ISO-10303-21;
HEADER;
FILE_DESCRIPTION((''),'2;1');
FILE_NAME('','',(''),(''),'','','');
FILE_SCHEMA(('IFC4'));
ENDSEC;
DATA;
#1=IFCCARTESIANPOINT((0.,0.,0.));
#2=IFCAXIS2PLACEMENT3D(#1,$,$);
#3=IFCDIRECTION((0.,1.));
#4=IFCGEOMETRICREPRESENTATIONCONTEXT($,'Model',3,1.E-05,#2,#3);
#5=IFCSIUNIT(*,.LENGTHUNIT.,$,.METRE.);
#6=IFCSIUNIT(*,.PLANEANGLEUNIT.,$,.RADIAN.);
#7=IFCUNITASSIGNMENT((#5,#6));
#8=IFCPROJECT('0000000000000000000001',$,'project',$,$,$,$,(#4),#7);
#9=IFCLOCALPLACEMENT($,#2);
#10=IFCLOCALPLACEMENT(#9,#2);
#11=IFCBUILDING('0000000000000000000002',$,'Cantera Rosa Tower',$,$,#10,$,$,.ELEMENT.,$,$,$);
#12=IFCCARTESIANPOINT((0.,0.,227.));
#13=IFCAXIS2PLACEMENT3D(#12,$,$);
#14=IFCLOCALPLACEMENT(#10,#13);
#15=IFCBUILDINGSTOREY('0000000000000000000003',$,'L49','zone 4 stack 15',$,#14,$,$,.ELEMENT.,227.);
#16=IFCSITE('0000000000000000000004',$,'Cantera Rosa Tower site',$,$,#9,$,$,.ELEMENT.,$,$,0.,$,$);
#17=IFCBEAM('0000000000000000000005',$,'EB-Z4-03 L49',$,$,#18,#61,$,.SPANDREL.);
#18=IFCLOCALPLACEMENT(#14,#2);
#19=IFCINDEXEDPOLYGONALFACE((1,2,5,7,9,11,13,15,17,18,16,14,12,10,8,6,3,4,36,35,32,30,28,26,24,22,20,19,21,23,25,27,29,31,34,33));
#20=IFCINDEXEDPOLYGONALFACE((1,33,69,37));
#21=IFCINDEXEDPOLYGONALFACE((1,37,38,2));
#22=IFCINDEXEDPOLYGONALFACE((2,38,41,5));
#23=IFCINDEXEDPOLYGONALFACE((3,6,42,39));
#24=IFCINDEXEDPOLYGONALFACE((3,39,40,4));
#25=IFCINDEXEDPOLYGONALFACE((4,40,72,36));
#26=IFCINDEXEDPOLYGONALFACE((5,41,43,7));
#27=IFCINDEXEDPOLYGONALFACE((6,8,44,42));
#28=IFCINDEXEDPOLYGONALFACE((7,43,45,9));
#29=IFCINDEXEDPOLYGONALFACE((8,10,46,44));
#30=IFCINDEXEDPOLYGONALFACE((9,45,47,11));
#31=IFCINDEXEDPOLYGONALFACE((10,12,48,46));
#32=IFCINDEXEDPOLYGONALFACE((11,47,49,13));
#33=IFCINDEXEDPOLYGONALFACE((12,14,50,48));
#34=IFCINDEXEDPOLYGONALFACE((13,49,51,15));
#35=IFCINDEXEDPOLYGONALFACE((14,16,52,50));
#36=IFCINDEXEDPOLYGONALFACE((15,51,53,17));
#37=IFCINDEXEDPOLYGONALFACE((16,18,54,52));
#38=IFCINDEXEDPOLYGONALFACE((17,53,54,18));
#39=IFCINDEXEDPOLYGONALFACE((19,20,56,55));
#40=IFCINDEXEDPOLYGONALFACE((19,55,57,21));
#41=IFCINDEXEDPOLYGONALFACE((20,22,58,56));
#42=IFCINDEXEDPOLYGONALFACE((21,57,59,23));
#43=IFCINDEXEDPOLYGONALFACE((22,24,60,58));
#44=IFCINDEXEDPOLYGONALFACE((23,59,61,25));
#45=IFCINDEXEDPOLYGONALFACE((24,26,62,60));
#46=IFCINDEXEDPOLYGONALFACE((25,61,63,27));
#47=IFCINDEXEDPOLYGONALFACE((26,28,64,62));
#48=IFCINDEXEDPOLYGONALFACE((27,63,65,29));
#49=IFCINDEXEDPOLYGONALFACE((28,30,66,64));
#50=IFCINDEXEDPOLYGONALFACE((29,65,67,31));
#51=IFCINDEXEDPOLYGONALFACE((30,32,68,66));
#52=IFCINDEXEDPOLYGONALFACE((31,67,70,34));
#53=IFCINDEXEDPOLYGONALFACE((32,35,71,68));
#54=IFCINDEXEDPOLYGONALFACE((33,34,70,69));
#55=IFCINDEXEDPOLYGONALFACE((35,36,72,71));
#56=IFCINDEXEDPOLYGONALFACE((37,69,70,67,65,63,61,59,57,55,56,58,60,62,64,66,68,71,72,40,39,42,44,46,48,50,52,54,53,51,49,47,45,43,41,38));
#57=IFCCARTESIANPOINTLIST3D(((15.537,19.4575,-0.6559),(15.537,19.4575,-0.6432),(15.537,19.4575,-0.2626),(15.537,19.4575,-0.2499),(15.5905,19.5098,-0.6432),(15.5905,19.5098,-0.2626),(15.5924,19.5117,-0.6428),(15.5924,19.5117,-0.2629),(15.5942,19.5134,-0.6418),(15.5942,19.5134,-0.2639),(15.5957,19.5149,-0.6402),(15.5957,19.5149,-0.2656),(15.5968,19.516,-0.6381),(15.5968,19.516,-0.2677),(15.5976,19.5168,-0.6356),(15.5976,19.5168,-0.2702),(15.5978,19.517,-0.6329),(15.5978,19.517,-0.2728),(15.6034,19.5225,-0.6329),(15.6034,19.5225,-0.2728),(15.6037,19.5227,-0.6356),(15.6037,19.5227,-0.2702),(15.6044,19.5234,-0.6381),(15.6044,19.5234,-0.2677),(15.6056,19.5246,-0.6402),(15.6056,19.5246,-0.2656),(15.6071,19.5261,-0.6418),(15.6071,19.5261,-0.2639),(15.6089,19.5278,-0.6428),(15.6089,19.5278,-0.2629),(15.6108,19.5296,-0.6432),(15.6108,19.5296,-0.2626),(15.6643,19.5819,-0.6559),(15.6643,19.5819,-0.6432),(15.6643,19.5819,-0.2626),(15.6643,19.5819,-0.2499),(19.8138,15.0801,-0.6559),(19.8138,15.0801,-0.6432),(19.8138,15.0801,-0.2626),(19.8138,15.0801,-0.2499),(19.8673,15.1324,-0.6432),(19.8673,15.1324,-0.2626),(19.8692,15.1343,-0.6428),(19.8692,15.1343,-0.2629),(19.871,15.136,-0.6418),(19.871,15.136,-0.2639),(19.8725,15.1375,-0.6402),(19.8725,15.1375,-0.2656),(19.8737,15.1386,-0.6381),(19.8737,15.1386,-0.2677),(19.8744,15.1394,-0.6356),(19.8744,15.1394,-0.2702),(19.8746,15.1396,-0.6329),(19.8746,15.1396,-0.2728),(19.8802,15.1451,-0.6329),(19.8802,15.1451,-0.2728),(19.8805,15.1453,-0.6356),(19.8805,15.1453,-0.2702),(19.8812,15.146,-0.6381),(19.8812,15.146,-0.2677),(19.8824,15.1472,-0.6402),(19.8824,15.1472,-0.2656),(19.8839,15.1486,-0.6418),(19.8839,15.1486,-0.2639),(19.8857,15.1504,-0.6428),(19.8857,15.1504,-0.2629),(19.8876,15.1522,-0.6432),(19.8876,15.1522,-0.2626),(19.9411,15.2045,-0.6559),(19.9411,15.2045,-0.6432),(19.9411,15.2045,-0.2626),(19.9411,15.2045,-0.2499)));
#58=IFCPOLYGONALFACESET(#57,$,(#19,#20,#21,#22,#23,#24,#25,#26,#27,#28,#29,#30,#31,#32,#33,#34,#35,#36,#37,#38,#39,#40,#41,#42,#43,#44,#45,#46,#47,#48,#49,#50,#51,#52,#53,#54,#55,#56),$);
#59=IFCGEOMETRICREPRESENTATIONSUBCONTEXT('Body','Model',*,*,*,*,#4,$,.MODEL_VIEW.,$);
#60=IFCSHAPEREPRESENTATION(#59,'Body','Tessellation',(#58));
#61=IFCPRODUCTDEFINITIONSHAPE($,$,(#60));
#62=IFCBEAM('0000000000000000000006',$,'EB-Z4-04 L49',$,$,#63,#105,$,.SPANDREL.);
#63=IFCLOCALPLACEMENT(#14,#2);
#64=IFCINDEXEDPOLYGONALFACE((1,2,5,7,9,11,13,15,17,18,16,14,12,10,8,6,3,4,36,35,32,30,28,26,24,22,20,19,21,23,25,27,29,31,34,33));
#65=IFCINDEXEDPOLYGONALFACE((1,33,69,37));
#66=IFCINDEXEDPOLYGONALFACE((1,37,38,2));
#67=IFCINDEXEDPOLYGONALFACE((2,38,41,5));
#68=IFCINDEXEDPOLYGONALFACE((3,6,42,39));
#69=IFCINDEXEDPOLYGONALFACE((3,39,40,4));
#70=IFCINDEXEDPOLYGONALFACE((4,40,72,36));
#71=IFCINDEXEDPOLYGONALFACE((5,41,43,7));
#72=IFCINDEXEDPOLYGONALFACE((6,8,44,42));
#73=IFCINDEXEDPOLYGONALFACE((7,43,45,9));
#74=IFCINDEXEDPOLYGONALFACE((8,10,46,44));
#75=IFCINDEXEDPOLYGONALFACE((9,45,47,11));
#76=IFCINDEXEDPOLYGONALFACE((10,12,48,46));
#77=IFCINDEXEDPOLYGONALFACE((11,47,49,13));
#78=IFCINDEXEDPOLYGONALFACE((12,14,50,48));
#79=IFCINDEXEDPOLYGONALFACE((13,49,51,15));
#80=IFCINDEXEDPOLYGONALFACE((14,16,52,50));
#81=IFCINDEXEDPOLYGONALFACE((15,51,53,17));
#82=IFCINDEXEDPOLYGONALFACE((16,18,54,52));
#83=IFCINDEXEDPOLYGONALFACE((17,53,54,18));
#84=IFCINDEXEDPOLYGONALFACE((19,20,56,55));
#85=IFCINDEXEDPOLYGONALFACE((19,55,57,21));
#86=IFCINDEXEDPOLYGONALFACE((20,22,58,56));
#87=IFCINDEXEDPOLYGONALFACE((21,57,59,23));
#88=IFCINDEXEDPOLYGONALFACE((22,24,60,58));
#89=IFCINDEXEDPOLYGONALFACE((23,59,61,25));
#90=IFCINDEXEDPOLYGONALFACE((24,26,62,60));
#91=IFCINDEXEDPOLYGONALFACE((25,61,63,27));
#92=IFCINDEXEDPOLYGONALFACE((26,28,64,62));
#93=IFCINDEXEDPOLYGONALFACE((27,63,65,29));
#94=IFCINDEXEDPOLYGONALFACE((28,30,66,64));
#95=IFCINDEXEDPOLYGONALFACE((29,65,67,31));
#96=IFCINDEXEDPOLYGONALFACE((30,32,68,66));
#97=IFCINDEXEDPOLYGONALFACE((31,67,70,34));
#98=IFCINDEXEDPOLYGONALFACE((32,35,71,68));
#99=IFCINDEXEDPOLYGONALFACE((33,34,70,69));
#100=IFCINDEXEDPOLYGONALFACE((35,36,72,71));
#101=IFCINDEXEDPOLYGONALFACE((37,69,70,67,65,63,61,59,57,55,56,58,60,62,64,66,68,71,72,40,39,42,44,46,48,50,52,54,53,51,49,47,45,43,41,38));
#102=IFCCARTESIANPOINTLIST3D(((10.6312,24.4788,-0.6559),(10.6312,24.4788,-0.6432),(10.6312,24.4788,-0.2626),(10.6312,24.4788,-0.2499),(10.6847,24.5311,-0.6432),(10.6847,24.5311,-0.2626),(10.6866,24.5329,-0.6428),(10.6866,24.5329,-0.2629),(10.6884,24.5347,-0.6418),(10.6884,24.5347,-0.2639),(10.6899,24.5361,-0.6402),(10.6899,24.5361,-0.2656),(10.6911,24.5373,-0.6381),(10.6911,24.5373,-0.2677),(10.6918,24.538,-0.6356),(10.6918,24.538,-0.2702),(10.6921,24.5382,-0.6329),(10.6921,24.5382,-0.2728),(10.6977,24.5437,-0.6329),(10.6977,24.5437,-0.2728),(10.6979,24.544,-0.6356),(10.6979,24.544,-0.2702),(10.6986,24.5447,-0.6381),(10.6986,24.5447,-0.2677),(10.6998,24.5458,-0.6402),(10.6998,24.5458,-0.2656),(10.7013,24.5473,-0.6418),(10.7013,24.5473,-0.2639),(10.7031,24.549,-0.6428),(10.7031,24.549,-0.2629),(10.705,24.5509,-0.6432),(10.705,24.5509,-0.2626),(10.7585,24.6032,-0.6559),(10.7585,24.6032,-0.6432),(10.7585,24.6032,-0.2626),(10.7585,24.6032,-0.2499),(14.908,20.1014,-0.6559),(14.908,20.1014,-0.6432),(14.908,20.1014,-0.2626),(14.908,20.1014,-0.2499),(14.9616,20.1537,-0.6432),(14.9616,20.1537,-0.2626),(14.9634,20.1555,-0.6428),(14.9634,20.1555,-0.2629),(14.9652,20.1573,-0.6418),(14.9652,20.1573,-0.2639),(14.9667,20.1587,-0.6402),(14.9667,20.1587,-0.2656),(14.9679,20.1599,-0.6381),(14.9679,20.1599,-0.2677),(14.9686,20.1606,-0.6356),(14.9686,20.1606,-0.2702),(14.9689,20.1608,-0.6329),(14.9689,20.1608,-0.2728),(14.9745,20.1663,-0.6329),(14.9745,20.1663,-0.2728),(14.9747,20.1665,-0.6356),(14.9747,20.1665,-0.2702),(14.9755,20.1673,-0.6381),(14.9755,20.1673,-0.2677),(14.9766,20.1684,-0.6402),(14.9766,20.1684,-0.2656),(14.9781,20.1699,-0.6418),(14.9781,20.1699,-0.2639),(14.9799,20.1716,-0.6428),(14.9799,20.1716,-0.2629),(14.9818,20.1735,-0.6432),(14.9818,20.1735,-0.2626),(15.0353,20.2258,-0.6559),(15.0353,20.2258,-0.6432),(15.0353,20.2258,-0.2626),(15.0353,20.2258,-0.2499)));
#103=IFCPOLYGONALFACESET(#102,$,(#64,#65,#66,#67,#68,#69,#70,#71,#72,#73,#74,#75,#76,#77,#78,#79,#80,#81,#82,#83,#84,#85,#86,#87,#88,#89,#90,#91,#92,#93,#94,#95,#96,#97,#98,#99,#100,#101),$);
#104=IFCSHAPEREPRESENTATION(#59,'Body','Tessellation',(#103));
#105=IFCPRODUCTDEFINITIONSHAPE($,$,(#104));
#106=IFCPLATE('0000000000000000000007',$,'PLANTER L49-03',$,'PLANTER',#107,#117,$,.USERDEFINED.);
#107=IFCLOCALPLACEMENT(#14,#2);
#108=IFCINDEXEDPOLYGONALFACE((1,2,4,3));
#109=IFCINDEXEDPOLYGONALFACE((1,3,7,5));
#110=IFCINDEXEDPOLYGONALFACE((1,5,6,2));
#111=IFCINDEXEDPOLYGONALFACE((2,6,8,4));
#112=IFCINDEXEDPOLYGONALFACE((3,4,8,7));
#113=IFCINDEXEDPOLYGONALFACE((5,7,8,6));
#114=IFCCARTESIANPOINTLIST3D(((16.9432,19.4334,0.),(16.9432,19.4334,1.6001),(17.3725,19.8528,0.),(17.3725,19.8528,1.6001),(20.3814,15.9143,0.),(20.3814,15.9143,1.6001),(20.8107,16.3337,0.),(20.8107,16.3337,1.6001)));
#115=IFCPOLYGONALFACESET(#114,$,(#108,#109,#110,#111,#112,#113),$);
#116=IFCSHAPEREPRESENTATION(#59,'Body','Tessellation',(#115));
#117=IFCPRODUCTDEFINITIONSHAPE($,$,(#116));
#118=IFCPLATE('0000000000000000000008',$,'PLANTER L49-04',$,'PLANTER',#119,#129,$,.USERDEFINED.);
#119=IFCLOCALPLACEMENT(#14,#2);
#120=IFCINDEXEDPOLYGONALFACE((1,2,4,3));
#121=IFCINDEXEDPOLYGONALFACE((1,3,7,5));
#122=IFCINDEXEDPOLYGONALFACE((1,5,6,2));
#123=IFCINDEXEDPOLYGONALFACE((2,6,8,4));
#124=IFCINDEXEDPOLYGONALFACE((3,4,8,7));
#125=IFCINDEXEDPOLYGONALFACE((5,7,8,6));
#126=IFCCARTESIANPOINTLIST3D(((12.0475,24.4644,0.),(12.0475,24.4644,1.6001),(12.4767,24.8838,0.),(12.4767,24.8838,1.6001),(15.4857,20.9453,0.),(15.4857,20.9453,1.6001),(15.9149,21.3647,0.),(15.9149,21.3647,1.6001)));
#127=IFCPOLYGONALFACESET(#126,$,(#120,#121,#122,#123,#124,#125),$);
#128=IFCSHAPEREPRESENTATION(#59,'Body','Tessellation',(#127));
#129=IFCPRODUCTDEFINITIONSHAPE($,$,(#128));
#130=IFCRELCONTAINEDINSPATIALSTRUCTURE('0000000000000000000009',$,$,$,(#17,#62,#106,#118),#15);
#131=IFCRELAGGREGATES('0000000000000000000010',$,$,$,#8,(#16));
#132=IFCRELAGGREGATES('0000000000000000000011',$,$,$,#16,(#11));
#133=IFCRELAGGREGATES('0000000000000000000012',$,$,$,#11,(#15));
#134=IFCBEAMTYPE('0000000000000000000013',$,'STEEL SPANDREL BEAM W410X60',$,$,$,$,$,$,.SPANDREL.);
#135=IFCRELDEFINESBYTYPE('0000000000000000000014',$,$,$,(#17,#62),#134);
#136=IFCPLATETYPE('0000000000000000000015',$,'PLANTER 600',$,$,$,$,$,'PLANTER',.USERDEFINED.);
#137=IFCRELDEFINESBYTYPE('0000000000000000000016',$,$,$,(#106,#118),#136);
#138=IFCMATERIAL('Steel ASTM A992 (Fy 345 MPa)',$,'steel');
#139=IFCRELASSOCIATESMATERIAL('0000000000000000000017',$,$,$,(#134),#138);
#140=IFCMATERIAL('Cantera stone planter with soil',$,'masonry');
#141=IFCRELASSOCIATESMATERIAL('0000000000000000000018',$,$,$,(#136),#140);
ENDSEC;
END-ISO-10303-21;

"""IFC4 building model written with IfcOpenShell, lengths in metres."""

from ifc_helpers import new_model, si_unit, direction, frame, origin, origin_2d, place, context, subcontext, project, spatial, rectangle, i_section, extrude, material, material_profile, profile_set, type_object, element, save


model = new_model("IFC4")

# Units and contexts
model_context = context("Model", 3, precision=1e-05, world=origin(), true_north=direction((0.0, 1.0)))
body_context = subcontext(model_context, "Body", "Model", "MODEL_VIEW")
ifc_project = project(units=[si_unit("LENGTHUNIT", "METRE"), si_unit("PLANEANGLEUNIT", "RADIAN")], contexts=[model_context])

# Site, building, storey
site_placement = place(None, origin())
site = spatial("IfcSite", under=ifc_project, at=site_placement, Name="Cantera Rosa Tower site", CompositionType="ELEMENT", RefElevation=0.0)
building_placement = place(site_placement, origin())
building = spatial("IfcBuilding", under=site, at=building_placement, Name="Cantera Rosa Tower", CompositionType="ELEMENT")
storey_placement = place(building_placement, frame((0.0, 0.0, 227.0)))
storey = spatial("IfcBuildingStorey", under=building, at=storey_placement, Name="L49", Description="zone 4 stack 15", CompositionType="ELEMENT", Elevation=227.0)

# Beams
ifc_material_1 = material(Name="Steel ASTM A992 (Fy 345 MPa)", Category="steel")
ifc_material_profile_1 = material_profile(ifc_material_1, i_section(OverallWidth=0.178, OverallDepth=0.406, WebThickness=0.0078, FlangeThickness=0.0127, FilletRadius=0.0103, at=origin_2d()), Name="W410X60")
ifc_profile_set_1 = profile_set([ifc_material_profile_1], Name="Steel ASTM A992 (Fy 345 MPa)")
beam_type_1 = type_object("IfcBeamType", Name="STEEL SPANDREL BEAM W410X60", PredefinedType="SPANDREL", material=ifc_profile_set_1)
for number, where, z_axis, x_axis, name in (
    (1, (19.8774, 15.1423, -0.4529), (-0.698841, 0.715277, 0.0), (-0.715277, -0.698841, 0.0), "EB-Z4-03 L49"),
    (2, (14.9717, 20.1636, -0.4529), (-0.698841, 0.715277, 0.0), (-0.715277, -0.698841, 0.0), "EB-Z4-04 L49"),
):
    element("IfcBeam", number, at=place(storey_placement, frame(where, z_axis=z_axis, x_axis=x_axis)), inside=storey, type_object=beam_type_1, Name=name, PredefinedType="SPANDREL", context=body_context, shape_type="SweptSolid", body=[
        extrude(i_section(OverallWidth=0.178, OverallDepth=0.406, WebThickness=0.0078, FlangeThickness=0.0127, FilletRadius=0.0103, at=origin_2d()), origin(), (0.0, 0.0, 1.0), 6.1199),
    ])

# Plates
ifc_material_2 = material(Name="Cantera stone planter with soil", Category="masonry")
plate_type = type_object("IfcPlateType", Name="PLANTER 600", ElementType="PLANTER", PredefinedType="USERDEFINED", material=ifc_material_2)
for number, where, z_axis, x_axis, name in (
    (3, (18.877, 17.8835, 0.0), (0.0, 0.0, 1.0), (-0.698832, 0.715286, 0.0), "PLANTER L49-03"),
    (4, (13.9812, 22.9146, 0.0), (0.0, 0.0, 1.0), (-0.698832, 0.715286, 0.0), "PLANTER L49-04"),
):
    element("IfcPlate", number, at=place(storey_placement, frame(where, z_axis=z_axis, x_axis=x_axis)), inside=storey, type_object=plate_type, Name=name, ObjectType="PLANTER", PredefinedType="USERDEFINED", context=body_context, shape_type="SweptSolid", body=[
        extrude(rectangle(XDim=4.9199, YDim=0.6001, at=origin_2d()), origin(), (0.0, 0.0, 1.0), 1.6001),
    ])

save(model, "model.ifc")
